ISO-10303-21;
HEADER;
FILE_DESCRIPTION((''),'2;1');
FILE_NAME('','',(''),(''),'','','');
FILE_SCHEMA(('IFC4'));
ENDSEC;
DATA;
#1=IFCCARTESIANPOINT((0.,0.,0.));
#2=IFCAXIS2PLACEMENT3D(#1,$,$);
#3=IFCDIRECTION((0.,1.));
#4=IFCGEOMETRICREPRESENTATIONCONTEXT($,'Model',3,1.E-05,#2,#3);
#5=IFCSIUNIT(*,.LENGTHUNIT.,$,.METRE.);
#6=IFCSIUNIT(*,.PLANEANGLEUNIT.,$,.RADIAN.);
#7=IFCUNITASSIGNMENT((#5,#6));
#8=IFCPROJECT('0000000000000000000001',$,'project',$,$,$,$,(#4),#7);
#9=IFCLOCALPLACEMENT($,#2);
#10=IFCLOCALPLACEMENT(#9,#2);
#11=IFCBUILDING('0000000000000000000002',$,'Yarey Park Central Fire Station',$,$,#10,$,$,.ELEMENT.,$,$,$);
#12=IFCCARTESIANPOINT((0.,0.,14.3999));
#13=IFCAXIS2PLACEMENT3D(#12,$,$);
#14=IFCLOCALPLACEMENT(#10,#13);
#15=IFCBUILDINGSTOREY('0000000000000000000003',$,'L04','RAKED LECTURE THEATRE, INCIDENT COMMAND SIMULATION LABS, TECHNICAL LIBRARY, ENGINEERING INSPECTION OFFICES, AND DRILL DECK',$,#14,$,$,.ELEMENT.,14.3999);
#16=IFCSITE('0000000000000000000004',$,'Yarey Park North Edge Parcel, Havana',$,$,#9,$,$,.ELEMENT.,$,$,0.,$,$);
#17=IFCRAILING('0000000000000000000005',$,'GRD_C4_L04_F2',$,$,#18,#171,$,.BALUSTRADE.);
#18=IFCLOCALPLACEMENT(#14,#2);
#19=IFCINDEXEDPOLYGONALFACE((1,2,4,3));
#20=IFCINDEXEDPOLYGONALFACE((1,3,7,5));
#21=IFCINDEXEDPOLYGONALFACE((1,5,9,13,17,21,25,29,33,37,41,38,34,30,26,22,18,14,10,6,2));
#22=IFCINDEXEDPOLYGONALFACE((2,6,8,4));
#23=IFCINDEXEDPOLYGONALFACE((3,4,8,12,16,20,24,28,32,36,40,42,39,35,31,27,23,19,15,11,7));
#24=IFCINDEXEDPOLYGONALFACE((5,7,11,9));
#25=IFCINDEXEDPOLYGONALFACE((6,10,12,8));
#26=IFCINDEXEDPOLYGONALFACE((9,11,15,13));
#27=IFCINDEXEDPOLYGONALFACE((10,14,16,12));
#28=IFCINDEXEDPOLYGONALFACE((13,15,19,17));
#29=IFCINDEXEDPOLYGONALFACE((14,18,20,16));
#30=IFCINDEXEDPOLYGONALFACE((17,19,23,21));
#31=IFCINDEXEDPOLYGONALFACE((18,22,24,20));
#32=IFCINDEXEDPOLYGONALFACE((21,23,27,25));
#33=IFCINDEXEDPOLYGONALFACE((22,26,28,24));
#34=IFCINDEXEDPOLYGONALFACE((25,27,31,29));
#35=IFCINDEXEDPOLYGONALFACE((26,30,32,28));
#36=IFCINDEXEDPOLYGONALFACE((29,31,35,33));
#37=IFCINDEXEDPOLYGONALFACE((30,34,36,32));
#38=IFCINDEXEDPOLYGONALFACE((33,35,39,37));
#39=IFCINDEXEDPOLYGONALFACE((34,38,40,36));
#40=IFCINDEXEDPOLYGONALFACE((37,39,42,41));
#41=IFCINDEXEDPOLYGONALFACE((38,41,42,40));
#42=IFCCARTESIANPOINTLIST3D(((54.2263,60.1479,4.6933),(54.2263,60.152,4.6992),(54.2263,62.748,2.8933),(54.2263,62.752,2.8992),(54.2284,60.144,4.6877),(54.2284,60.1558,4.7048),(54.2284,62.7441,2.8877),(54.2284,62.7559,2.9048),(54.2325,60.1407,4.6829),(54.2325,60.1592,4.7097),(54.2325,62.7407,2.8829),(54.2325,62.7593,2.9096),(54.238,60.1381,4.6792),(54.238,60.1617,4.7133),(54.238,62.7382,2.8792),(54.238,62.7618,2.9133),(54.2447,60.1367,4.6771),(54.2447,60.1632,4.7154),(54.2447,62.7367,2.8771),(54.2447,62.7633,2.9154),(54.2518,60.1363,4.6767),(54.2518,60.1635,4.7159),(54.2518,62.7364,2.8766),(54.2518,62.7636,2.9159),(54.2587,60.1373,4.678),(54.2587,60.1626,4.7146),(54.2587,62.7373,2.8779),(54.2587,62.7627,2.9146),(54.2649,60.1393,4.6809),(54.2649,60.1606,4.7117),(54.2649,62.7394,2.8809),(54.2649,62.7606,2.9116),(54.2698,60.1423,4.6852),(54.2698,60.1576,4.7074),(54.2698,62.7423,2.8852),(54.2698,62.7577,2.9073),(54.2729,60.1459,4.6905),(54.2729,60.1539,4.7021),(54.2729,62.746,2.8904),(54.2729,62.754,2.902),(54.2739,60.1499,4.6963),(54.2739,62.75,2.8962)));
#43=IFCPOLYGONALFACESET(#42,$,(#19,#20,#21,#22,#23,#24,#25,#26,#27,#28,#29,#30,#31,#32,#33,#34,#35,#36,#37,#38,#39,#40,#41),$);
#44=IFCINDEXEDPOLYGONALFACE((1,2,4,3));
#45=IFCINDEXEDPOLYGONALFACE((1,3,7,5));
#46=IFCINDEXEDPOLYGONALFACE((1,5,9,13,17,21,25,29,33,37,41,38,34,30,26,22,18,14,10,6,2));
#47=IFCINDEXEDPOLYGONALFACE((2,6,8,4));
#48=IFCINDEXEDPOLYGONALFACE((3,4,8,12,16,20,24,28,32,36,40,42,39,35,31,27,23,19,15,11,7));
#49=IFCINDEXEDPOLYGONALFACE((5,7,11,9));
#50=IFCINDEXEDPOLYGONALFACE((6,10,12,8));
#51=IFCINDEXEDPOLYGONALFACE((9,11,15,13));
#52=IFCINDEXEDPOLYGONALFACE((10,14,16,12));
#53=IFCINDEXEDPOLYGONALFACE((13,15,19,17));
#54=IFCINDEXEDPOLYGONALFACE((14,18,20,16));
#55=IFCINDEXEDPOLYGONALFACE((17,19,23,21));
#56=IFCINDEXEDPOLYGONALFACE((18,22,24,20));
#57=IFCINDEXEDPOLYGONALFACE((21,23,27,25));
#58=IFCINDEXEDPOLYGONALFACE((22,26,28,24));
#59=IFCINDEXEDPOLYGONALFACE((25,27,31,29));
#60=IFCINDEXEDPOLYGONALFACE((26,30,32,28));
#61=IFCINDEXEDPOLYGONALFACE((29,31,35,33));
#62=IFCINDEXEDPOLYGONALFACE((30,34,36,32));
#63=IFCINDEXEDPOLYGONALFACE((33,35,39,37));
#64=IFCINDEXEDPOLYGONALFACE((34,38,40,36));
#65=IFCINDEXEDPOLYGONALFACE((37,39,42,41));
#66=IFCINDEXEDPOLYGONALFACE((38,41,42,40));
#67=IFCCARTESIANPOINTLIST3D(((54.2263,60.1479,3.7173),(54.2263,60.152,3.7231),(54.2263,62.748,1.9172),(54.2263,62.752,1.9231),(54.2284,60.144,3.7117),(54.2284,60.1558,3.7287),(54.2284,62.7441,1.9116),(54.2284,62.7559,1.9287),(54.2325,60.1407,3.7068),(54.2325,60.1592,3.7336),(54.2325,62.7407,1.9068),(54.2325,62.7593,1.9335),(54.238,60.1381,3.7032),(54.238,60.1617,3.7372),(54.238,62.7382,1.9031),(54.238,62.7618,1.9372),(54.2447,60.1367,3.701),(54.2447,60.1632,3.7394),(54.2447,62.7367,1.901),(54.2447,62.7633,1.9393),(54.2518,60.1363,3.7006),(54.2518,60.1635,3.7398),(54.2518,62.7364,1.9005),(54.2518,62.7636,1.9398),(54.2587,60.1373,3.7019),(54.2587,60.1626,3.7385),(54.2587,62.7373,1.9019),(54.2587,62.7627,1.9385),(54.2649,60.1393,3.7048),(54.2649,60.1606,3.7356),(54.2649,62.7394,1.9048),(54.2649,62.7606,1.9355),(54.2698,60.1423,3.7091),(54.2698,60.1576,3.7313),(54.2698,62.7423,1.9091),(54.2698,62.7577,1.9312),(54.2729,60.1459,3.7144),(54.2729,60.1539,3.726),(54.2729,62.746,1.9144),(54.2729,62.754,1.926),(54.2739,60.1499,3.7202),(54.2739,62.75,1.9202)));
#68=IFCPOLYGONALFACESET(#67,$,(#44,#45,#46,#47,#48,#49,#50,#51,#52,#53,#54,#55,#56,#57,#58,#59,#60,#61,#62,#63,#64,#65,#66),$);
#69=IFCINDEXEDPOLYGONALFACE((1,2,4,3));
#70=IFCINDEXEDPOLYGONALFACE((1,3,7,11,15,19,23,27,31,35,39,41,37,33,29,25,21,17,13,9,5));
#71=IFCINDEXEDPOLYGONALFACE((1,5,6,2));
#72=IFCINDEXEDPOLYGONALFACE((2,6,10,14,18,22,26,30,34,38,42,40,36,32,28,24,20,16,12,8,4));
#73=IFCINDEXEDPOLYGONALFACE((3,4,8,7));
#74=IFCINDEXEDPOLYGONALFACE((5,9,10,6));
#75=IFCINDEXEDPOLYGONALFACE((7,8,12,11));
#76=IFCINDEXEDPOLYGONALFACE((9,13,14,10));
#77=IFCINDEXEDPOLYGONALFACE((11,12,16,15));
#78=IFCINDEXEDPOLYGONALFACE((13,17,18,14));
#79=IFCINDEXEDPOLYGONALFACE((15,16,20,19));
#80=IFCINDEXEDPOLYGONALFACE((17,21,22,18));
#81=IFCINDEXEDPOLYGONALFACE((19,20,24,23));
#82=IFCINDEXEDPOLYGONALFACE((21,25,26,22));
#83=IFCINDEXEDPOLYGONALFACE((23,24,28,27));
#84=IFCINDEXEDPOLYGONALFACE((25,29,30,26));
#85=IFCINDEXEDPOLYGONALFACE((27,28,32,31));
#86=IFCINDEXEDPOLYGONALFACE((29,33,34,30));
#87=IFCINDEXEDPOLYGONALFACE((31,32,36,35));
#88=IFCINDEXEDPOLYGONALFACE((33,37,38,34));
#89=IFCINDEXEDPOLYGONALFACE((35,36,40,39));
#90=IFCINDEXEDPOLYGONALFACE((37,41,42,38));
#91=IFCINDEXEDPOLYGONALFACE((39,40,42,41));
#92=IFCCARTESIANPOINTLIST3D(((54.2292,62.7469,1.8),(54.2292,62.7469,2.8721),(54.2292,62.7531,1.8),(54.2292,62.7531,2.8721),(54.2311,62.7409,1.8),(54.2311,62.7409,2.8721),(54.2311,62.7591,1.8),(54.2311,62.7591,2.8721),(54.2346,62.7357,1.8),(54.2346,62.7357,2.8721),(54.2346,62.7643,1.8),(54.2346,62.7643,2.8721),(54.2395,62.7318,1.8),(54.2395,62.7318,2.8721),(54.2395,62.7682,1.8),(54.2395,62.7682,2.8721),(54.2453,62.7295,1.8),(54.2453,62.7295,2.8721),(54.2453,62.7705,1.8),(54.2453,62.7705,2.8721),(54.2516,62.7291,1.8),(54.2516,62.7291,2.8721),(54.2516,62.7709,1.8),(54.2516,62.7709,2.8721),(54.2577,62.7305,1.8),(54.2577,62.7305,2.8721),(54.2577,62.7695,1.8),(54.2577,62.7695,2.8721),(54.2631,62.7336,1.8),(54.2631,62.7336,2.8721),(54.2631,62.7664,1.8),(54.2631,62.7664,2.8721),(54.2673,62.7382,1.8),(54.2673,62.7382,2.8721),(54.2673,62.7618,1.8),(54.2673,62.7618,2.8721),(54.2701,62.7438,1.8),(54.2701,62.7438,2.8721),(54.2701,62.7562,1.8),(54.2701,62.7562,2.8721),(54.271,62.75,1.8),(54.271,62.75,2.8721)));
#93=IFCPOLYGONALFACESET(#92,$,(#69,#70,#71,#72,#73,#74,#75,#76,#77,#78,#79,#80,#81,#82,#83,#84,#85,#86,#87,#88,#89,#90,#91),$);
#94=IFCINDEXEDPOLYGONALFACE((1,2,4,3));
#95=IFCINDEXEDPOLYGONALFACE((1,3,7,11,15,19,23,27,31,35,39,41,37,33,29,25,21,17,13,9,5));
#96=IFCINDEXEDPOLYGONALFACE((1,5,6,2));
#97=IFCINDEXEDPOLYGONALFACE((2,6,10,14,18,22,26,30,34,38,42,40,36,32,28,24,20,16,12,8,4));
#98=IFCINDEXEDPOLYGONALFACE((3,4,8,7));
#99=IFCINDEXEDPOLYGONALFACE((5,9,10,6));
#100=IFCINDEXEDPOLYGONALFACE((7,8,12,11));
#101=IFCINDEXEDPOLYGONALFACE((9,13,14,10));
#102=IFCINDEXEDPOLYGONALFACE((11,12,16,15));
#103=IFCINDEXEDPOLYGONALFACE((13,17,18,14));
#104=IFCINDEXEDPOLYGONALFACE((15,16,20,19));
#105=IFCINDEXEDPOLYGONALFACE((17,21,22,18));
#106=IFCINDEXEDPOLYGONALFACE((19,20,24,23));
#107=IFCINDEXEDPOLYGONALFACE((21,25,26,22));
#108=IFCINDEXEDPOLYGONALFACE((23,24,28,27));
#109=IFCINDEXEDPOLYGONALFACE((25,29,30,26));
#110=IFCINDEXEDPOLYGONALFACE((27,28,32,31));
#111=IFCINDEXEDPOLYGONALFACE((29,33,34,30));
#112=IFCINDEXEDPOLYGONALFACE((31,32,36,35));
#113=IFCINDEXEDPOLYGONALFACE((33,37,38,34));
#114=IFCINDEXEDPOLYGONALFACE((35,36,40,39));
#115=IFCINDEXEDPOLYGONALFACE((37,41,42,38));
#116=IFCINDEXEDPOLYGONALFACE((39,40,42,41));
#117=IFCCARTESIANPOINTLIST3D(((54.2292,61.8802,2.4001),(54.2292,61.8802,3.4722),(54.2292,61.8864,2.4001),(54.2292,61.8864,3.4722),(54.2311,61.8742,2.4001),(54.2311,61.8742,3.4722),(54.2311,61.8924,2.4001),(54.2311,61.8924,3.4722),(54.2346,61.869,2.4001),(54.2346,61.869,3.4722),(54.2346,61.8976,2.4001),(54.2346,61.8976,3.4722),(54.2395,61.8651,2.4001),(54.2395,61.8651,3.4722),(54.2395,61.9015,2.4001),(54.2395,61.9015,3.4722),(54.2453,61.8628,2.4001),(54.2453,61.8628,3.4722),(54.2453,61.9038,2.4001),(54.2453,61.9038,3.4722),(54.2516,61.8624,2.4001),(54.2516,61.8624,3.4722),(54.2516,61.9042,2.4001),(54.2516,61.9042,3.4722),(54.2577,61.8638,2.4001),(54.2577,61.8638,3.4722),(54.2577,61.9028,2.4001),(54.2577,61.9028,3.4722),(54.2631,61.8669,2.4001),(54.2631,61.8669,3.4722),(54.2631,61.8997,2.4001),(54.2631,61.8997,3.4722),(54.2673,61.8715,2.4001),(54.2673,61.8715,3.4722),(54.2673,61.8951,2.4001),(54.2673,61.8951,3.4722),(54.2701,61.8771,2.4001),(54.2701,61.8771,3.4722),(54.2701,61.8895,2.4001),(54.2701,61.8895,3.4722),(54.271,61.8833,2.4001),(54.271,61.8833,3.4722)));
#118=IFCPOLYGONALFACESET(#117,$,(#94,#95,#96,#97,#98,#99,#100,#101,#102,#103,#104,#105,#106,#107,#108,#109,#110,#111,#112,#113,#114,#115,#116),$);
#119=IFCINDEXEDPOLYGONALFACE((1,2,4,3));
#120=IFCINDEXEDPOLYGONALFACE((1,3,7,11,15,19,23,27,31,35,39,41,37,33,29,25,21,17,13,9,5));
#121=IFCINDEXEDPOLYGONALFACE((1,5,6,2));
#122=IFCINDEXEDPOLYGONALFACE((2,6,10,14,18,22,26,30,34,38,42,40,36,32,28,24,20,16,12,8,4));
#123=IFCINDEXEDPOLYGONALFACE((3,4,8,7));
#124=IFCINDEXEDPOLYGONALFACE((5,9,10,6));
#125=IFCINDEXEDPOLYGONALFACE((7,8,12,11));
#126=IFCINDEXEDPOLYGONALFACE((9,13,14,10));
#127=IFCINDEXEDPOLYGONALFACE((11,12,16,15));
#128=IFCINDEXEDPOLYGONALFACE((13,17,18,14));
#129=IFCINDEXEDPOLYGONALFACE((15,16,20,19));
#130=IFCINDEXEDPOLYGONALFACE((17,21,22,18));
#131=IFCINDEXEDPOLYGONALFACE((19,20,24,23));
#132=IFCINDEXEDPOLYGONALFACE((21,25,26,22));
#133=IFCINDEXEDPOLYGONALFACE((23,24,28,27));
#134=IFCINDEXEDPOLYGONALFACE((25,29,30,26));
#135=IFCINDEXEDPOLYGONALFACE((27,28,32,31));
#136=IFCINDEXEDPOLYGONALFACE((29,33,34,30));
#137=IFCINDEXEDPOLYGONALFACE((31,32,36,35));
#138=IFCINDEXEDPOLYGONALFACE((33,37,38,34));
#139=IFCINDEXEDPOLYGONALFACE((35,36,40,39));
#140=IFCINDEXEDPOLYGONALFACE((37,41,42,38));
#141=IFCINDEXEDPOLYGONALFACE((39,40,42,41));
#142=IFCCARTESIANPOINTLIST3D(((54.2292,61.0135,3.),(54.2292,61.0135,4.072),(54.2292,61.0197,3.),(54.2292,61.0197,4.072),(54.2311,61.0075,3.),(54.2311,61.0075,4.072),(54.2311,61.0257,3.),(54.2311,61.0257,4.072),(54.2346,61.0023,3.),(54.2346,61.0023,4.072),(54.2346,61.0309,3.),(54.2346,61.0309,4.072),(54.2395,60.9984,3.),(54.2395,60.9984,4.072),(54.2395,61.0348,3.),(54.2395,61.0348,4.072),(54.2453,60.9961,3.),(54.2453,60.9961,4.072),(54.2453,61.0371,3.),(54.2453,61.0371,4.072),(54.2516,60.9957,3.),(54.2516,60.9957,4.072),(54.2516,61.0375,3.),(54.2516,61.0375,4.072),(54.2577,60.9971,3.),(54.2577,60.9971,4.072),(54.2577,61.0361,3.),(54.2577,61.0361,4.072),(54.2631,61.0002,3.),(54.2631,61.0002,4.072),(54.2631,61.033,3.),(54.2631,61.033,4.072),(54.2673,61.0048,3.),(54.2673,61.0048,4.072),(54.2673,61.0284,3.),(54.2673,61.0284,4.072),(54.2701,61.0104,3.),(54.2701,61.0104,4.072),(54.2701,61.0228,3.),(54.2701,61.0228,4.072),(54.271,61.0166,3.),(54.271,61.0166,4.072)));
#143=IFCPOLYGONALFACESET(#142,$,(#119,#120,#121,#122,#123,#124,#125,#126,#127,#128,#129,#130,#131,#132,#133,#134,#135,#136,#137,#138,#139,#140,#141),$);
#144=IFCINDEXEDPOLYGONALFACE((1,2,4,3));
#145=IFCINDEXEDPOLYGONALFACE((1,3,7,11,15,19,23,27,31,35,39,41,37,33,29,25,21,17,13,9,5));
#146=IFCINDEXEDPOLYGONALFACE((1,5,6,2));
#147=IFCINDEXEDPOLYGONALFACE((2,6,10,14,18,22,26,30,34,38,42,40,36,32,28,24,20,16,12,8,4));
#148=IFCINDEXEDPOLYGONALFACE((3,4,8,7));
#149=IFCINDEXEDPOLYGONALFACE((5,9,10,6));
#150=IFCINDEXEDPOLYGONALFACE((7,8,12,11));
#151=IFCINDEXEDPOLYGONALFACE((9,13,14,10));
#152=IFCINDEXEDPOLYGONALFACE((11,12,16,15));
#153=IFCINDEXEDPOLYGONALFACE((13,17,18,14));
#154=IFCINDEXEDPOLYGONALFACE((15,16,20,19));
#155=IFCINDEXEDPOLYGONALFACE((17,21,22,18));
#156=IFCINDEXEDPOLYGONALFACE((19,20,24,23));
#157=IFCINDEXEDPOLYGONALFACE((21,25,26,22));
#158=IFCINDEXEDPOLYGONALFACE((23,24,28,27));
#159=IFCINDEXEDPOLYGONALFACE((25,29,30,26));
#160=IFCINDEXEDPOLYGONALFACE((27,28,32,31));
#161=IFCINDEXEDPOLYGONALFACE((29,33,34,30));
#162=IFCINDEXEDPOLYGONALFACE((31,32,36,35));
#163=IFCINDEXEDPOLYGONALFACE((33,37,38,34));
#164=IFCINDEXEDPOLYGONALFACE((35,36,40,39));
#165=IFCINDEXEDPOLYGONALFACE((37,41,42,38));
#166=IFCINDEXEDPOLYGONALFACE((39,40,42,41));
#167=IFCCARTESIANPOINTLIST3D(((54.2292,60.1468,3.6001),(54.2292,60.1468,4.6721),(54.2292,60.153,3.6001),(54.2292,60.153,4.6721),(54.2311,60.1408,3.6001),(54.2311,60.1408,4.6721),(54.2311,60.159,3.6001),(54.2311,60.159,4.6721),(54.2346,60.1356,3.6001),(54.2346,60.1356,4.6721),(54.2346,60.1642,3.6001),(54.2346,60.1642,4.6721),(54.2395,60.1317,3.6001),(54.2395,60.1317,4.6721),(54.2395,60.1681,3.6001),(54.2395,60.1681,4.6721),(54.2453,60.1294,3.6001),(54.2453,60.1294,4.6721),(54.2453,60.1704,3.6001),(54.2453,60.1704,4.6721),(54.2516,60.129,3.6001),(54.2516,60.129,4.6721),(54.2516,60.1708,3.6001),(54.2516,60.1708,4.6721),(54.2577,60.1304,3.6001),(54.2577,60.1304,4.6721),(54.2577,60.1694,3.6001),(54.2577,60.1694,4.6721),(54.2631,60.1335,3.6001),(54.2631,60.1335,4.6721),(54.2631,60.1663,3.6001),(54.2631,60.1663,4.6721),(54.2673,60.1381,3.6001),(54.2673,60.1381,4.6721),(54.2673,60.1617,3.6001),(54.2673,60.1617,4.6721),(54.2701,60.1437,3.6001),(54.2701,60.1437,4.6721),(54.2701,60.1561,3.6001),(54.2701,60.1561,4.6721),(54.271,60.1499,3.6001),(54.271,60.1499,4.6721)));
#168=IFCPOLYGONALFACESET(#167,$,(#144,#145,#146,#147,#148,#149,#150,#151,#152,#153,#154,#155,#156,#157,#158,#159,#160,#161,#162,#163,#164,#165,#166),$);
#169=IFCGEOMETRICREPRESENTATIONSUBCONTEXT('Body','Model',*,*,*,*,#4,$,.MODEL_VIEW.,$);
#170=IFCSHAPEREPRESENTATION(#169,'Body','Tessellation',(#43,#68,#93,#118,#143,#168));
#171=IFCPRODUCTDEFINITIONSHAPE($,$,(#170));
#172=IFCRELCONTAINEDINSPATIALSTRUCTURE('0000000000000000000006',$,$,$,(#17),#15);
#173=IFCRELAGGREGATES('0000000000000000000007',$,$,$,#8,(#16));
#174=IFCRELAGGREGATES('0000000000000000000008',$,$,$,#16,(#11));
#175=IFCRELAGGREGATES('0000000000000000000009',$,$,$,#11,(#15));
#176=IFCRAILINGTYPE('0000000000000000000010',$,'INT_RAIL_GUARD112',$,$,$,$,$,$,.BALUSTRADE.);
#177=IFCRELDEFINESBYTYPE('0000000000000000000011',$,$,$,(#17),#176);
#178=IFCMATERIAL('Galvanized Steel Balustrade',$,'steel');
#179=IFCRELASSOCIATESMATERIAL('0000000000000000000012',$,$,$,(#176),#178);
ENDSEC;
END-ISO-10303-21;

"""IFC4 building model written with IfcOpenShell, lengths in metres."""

from ifc_helpers import new_model, si_unit, direction, frame, origin, origin_2d, place, context, subcontext, project, spatial, circle, extrude, material, type_object, element, save


model = new_model("IFC4")

# Units and contexts
model_context = context("Model", 3, precision=1e-05, world=origin(), true_north=direction((0.0, 1.0)))
body_context = subcontext(model_context, "Body", "Model", "MODEL_VIEW")
ifc_project = project(units=[si_unit("LENGTHUNIT", "METRE"), si_unit("PLANEANGLEUNIT", "RADIAN")], contexts=[model_context])

# Site, building, storey
site_placement = place(None, origin())
site = spatial("IfcSite", under=ifc_project, at=site_placement, Name="Yarey Park North Edge Parcel, Havana", CompositionType="ELEMENT", RefElevation=0.0)
building_placement = place(site_placement, origin())
building = spatial("IfcBuilding", under=site, at=building_placement, Name="Yarey Park Central Fire Station", CompositionType="ELEMENT")
storey_placement = place(building_placement, frame((0.0, 0.0, 14.3999)))
storey = spatial("IfcBuildingStorey", under=building, at=storey_placement, Name="L04", Description="RAKED LECTURE THEATRE, INCIDENT COMMAND SIMULATION LABS, TECHNICAL LIBRARY, ENGINEERING INSPECTION OFFICES, AND DRILL DECK", CompositionType="ELEMENT", Elevation=14.3999)

# Railing
ifc_material_1 = material(Name="Galvanized Steel Balustrade", Category="steel")
railing_type_1 = type_object("IfcRailingType", Name="INT_RAIL_GUARD112", PredefinedType="BALUSTRADE", material=ifc_material_1)
railing_1_placement = place(storey_placement, frame((54.25, 62.75, 1.8)))
element("IfcRailing", 1, at=railing_1_placement, inside=storey, type_object=railing_type_1, Name="GRD_C4_L04_F2", PredefinedType="BALUSTRADE", context=body_context, shape_type="SweptSolid", body=[
    extrude(circle(Radius=0.0239, at=origin_2d()), frame((0.0, 0.0, 1.0962), z_axis=(0.0, -0.822195, 0.569206), x_axis=(1.0, 0.0, 0.0)), (0.0, 0.0, 1.0), 3.1624),
    extrude(circle(Radius=0.0239, at=origin_2d()), frame((0.0, 0.0, 0.1201), z_axis=(0.0, -0.822195, 0.569206), x_axis=(1.0, 0.0, 0.0)), (0.0, 0.0, 1.0), 3.1624),
    extrude(circle(Radius=0.021, at=origin_2d()), origin(), (0.0, 0.0, 1.0), 1.072),
    extrude(circle(Radius=0.021, at=origin_2d()), frame((0.0, -0.8667, 0.6001)), (0.0, 0.0, 1.0), 1.072),
    extrude(circle(Radius=0.021, at=origin_2d()), frame((0.0, -1.7334, 1.2)), (0.0, 0.0, 1.0), 1.072),
    extrude(circle(Radius=0.021, at=origin_2d()), frame((0.0, -2.6001, 1.8)), (0.0, 0.0, 1.0), 1.072),
])

save(model, "model.ifc")
